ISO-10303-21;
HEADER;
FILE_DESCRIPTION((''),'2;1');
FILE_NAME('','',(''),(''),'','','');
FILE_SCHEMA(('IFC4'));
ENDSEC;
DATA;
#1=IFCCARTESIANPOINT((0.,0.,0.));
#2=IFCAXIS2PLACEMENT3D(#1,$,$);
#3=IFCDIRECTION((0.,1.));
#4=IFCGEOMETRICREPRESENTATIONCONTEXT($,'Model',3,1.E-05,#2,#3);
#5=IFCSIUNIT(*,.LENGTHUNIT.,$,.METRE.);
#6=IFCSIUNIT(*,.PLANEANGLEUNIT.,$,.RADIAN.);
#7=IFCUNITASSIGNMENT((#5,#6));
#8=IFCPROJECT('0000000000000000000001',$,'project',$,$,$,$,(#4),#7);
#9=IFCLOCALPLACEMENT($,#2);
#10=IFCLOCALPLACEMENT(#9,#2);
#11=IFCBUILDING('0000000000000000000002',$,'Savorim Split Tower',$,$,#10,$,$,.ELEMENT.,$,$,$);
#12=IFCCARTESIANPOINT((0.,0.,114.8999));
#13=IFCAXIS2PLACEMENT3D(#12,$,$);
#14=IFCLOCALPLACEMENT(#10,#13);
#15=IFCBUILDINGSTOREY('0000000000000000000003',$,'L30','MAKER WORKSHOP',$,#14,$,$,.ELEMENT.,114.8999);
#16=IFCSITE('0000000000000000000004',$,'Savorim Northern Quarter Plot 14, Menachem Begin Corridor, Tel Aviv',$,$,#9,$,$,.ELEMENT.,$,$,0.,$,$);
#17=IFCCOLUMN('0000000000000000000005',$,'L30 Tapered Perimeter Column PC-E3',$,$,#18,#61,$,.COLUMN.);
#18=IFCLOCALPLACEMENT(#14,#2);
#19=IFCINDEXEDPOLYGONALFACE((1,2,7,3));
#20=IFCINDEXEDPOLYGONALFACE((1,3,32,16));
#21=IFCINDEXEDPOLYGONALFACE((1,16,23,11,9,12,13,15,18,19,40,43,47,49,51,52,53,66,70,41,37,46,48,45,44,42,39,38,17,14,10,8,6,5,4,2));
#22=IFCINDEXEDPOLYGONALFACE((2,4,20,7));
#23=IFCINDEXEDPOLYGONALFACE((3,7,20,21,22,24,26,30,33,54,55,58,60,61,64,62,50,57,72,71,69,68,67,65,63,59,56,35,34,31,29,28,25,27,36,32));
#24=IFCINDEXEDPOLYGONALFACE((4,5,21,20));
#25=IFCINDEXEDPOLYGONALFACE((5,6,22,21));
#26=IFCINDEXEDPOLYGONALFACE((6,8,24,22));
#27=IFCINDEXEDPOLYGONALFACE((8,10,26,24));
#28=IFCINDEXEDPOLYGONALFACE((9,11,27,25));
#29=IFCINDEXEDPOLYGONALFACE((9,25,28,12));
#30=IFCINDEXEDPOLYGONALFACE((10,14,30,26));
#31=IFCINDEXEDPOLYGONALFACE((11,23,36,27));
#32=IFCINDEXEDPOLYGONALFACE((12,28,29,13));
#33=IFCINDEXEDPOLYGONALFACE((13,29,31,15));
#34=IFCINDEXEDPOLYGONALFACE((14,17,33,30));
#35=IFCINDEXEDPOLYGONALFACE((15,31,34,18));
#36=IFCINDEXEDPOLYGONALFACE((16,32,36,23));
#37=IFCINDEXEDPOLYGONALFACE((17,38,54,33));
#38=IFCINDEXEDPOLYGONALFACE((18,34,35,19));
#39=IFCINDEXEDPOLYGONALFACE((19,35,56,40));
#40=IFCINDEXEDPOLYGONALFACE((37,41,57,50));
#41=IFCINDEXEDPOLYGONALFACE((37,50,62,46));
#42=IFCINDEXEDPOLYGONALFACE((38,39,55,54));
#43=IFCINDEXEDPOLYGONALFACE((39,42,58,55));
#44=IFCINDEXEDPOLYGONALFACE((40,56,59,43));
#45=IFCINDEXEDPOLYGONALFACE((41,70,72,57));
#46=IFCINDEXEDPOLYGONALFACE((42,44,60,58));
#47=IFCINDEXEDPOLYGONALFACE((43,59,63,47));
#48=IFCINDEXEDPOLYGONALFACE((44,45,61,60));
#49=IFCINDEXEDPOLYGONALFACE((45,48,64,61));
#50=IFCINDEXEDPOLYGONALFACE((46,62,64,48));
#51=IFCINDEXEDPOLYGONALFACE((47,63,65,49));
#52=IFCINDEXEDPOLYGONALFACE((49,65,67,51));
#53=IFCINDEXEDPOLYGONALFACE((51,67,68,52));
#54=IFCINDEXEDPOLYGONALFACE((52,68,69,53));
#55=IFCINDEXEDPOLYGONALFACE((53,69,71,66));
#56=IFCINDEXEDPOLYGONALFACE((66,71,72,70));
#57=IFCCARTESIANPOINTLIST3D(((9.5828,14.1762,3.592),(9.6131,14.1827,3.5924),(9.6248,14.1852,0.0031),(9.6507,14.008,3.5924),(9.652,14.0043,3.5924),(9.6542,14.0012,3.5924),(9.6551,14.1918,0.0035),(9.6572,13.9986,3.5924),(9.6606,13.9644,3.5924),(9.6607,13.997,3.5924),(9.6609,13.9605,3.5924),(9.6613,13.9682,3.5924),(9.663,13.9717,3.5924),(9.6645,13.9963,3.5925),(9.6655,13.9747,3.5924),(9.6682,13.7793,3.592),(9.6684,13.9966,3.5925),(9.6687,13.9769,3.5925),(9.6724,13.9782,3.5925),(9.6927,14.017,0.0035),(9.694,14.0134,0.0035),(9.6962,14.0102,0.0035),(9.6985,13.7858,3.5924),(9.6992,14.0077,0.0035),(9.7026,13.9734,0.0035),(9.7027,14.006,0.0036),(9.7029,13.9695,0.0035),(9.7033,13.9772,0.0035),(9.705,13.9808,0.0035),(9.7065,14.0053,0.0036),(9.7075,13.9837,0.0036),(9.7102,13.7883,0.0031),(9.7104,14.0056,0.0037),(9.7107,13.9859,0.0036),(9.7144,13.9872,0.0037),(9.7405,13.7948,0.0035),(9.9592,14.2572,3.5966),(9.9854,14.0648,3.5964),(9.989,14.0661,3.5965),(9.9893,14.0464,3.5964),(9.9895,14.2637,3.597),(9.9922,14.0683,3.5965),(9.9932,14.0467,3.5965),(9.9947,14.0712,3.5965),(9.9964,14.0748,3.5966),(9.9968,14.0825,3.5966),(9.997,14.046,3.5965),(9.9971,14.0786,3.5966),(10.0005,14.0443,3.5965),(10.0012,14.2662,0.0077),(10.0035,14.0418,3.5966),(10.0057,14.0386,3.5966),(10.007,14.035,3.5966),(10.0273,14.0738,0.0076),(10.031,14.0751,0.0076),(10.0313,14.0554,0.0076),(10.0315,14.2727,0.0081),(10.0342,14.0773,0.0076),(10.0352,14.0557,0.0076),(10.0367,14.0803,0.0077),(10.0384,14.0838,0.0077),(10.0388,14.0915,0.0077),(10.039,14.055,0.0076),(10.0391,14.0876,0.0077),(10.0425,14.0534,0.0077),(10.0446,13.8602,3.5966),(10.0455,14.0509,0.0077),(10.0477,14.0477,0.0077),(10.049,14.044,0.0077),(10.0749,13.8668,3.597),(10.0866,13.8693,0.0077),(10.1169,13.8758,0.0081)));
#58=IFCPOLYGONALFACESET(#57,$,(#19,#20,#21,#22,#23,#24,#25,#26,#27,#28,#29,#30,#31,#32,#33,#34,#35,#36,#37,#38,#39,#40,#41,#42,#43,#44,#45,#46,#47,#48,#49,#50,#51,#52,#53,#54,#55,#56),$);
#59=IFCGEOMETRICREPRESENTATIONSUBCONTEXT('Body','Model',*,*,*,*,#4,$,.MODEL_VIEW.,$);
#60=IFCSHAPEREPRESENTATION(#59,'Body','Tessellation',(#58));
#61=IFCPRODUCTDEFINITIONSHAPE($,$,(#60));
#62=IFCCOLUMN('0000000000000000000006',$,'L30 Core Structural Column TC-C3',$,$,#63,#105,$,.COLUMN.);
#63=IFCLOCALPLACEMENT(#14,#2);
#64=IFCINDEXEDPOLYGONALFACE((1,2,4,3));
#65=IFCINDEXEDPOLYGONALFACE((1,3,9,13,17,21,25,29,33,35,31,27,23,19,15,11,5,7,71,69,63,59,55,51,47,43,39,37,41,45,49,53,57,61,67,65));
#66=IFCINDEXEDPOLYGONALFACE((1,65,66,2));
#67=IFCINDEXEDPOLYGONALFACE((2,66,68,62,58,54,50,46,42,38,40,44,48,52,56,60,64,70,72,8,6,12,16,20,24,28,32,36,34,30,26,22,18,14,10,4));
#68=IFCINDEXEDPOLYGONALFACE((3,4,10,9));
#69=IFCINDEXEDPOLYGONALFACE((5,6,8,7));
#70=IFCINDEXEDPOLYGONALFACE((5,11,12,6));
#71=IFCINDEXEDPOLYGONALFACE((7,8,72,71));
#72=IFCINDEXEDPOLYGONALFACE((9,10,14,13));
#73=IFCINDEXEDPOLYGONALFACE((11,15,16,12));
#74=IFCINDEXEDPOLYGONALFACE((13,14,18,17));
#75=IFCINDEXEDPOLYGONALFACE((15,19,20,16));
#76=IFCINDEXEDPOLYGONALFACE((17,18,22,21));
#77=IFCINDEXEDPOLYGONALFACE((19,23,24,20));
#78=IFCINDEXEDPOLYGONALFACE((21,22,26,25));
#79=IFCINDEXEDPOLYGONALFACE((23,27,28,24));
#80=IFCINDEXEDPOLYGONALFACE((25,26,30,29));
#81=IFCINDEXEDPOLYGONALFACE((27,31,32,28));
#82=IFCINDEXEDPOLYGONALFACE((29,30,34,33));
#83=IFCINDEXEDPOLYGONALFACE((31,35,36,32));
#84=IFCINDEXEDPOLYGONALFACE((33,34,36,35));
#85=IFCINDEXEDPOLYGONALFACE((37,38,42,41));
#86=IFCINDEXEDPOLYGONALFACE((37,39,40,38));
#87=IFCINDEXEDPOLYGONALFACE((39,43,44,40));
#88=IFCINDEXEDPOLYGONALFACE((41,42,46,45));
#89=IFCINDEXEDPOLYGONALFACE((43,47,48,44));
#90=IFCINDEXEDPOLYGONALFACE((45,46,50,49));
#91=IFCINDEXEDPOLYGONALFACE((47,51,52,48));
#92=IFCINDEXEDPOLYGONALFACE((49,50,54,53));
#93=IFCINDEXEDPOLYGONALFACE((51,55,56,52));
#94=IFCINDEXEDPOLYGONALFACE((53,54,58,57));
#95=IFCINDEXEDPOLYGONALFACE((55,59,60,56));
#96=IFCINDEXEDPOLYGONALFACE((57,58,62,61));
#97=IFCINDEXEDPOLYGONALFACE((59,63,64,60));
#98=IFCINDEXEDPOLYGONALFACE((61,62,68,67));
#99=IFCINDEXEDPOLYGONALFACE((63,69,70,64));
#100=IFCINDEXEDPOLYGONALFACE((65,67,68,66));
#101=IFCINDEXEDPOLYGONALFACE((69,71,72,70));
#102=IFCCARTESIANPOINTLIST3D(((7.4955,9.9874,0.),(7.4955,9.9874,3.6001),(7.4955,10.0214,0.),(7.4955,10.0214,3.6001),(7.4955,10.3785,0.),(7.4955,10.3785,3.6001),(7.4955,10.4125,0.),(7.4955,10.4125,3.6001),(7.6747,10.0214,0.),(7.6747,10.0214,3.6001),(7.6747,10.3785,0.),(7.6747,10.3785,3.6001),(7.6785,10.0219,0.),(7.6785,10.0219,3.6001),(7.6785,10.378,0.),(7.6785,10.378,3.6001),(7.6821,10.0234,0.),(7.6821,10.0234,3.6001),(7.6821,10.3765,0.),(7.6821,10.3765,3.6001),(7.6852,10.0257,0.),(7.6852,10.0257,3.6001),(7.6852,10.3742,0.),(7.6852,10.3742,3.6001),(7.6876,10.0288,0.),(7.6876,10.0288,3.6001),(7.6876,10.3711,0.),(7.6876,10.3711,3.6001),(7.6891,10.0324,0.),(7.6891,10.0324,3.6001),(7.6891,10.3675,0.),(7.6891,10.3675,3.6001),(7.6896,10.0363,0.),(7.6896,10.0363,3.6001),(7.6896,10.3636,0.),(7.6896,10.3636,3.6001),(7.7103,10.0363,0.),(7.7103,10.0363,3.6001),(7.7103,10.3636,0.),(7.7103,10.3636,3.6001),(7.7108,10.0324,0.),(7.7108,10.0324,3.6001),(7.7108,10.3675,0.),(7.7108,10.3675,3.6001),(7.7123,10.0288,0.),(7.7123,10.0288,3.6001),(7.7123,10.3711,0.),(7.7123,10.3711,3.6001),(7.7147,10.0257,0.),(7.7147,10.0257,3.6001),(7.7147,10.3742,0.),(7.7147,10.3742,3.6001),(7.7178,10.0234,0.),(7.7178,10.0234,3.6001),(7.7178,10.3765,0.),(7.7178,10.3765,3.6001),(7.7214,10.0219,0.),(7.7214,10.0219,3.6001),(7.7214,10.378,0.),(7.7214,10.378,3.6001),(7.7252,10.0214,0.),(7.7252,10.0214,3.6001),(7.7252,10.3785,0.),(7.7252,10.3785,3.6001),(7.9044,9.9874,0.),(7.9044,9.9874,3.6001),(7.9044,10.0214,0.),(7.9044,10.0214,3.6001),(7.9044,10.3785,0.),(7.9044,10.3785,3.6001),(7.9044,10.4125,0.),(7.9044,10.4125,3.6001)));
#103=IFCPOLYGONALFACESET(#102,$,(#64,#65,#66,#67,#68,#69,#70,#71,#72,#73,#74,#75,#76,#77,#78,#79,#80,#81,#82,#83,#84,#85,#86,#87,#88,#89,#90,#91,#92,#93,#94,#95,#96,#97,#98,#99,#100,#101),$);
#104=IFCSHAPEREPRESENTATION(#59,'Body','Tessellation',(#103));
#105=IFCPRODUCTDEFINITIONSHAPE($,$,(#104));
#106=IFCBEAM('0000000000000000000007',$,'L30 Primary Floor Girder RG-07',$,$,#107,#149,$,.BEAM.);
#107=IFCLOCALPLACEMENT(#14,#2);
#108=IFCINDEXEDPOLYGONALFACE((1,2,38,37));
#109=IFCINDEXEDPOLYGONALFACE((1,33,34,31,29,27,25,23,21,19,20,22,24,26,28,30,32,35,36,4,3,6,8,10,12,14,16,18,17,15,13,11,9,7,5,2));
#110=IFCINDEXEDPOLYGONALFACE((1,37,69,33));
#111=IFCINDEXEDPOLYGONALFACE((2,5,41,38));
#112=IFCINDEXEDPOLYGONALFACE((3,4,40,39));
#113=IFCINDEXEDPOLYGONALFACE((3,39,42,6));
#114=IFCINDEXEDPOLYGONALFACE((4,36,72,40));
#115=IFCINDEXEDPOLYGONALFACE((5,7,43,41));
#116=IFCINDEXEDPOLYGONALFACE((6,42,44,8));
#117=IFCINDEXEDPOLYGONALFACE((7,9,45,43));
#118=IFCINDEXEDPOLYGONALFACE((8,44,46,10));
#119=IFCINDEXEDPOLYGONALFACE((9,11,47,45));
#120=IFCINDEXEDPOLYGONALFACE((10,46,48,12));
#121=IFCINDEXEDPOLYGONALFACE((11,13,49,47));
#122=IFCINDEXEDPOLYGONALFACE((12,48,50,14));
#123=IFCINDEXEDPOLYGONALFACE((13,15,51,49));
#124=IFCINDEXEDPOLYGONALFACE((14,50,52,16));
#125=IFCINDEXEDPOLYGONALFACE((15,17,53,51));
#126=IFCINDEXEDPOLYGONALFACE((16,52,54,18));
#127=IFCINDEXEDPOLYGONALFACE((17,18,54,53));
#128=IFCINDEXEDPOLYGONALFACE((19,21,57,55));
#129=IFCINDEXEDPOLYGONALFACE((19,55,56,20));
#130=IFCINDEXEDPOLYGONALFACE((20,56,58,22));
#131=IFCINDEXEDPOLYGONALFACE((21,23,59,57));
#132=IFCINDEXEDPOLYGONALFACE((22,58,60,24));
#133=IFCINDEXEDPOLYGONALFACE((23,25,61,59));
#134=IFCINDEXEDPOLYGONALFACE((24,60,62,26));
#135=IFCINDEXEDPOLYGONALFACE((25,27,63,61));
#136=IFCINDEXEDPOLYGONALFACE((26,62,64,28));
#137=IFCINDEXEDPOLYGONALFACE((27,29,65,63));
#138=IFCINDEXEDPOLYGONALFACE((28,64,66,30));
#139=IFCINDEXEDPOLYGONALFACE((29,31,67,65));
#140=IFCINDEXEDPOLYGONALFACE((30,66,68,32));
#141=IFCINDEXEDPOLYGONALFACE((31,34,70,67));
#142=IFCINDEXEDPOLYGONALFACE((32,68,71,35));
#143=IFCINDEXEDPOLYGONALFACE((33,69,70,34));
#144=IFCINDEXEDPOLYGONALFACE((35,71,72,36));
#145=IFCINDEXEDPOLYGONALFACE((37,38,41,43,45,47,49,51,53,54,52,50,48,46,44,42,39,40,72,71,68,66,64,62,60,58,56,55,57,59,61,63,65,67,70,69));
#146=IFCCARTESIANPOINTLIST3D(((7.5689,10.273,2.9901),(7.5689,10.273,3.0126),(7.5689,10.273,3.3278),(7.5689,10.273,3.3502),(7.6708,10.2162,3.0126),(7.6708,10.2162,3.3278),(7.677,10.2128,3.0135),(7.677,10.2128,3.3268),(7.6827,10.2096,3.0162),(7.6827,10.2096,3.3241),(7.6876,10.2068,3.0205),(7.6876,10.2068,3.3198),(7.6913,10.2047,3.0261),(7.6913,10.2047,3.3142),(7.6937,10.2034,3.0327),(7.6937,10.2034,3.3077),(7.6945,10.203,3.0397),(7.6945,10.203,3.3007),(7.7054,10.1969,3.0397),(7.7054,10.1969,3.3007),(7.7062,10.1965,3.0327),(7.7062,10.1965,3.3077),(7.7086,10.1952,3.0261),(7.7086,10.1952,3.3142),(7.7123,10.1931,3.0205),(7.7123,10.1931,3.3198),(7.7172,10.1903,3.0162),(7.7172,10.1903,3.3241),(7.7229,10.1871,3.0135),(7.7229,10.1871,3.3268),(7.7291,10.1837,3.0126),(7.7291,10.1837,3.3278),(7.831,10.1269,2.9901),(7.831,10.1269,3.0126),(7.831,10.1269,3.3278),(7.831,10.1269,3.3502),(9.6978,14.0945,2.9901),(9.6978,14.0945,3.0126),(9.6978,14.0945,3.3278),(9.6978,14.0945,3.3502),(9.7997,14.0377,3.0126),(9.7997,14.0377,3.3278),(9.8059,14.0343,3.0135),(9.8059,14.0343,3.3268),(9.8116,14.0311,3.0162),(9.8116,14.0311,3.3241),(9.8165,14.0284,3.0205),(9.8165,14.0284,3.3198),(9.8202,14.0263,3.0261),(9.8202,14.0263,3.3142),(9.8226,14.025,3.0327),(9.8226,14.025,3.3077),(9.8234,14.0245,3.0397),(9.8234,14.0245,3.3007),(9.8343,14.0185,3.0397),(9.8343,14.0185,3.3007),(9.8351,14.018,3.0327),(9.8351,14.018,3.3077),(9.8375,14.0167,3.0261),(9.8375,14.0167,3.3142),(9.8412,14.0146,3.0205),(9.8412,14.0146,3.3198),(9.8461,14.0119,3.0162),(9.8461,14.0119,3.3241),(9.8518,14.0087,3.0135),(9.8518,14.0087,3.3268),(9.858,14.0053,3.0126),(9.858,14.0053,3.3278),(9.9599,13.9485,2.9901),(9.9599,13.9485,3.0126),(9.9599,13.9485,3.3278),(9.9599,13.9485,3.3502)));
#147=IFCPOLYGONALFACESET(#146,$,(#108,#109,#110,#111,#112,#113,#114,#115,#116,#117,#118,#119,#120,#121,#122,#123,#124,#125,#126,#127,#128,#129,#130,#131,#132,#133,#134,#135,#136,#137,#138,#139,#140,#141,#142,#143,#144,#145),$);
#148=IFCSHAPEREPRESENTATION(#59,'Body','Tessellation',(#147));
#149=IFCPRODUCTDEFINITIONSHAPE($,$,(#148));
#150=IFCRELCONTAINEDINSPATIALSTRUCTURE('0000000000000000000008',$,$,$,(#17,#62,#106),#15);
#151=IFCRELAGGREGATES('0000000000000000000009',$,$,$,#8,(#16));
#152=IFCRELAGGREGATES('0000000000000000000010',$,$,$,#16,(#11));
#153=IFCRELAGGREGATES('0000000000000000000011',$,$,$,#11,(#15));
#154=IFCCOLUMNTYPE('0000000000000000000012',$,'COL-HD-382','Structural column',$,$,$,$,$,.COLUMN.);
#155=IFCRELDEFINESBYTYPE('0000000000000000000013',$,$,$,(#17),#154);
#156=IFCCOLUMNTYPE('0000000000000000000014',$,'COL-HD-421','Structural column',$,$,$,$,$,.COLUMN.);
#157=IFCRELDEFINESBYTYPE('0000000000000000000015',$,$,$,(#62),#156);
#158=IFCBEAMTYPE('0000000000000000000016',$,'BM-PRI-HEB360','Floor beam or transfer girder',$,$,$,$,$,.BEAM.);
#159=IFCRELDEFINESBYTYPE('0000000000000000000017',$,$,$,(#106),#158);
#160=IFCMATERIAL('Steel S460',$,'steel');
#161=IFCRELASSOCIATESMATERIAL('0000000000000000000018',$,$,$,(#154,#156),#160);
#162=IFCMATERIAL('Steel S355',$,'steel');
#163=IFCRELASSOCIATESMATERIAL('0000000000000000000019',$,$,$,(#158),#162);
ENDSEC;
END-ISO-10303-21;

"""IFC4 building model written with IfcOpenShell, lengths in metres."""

from ifc_helpers import new_model, si_unit, direction, frame, origin, origin_2d, place, context, subcontext, project, spatial, i_section, extrude, material, material_profile, profile_set, type_object, element, save


model = new_model("IFC4")

# Units and contexts
model_context = context("Model", 3, precision=1e-05, world=origin(), true_north=direction((0.0, 1.0)))
body_context = subcontext(model_context, "Body", "Model", "MODEL_VIEW")
ifc_project = project(units=[si_unit("LENGTHUNIT", "METRE"), si_unit("PLANEANGLEUNIT", "RADIAN")], contexts=[model_context])

# Site, building, storey
site_placement = place(None, origin())
site = spatial("IfcSite", under=ifc_project, at=site_placement, Name="Savorim Northern Quarter Plot 14, Menachem Begin Corridor, Tel Aviv", CompositionType="ELEMENT", RefElevation=0.0)
building_placement = place(site_placement, origin())
building = spatial("IfcBuilding", under=site, at=building_placement, Name="Savorim Split Tower", CompositionType="ELEMENT")
storey_placement = place(building_placement, frame((0.0, 0.0, 114.8999)))
storey = spatial("IfcBuildingStorey", under=building, at=storey_placement, Name="L30", Description="MAKER WORKSHOP", CompositionType="ELEMENT", Elevation=114.8999)

# Columns
ifc_material_1 = material(Name="Steel S460", Category="steel")
ifc_material_profile_1 = material_profile(ifc_material_1, i_section(OverallWidth=0.406, OverallDepth=0.416, WebThickness=0.0188, FlangeThickness=0.031, FilletRadius=0.0149, at=origin_2d()), Name="HD 400x382")
ifc_profile_set_1 = profile_set([ifc_material_profile_1], Name="Steel S460")
column_type_1 = type_object("IfcColumnType", Name="COL-HD-382", Description="Structural column", PredefinedType="COLUMN", material=ifc_profile_set_1)
column_1_placement = place(storey_placement, frame((9.8708, 14.0305, 0.0056), z_axis=(-0.0117, -0.002517, 0.999928), x_axis=(0.210305, -0.977636, 0.0)))
element("IfcColumn", 1, at=column_1_placement, inside=storey, type_object=column_type_1, Name="L30 Tapered Perimeter Column PC-E3", PredefinedType="COLUMN", context=body_context, shape_type="SweptSolid", body=[
    extrude(i_section(OverallWidth=0.406, OverallDepth=0.416, WebThickness=0.0188, FlangeThickness=0.031, FilletRadius=0.0149, at=origin_2d()), origin(), (0.0, 0.0, 1.0), 3.5891),
])
ifc_material_profile_2 = material_profile(ifc_material_1, i_section(OverallWidth=0.4089, OverallDepth=0.425, WebThickness=0.0208, FlangeThickness=0.0339, FilletRadius=0.0149, at=origin_2d()), Name="HD 400x421")
ifc_profile_set_2 = profile_set([ifc_material_profile_2], Name="Steel S460")
column_type_2 = type_object("IfcColumnType", Name="COL-HD-421", Description="Structural column", PredefinedType="COLUMN", material=ifc_profile_set_2)
column_2_placement = place(storey_placement, frame((7.7, 10.2, 0.0), z_axis=(0.0, 0.0, 1.0), x_axis=(1.0, 0.0, 0.0)))
element("IfcColumn", 2, at=column_2_placement, inside=storey, type_object=column_type_2, Name="L30 Core Structural Column TC-C3", PredefinedType="COLUMN", context=body_context, shape_type="SweptSolid", body=[
    extrude(i_section(OverallWidth=0.4089, OverallDepth=0.425, WebThickness=0.0208, FlangeThickness=0.0339, FilletRadius=0.0149, at=origin_2d()), origin(), (0.0, 0.0, 1.0), 3.6001),
])

# Beam
ifc_material_2 = material(Name="Steel S355", Category="steel")
ifc_material_profile_3 = material_profile(ifc_material_2, i_section(OverallWidth=0.3, OverallDepth=0.3601, WebThickness=0.0125, FlangeThickness=0.0225, FilletRadius=0.0271, at=origin_2d()), Name="HEB 360")
ifc_profile_set_3 = profile_set([ifc_material_profile_3], Name="Steel S355")
beam_type_1 = type_object("IfcBeamType", Name="BM-PRI-HEB360", Description="Floor beam or transfer girder", PredefinedType="BEAM", material=ifc_profile_set_3)
beam_1_placement = place(storey_placement, frame((9.8289, 14.0215, 3.1702), z_axis=(-0.486661, -0.873591, 0.0), x_axis=(0.873591, -0.486661, 0.0)))
element("IfcBeam", 3, at=beam_1_placement, inside=storey, type_object=beam_type_1, Name="L30 Primary Floor Girder RG-07", PredefinedType="BEAM", context=body_context, shape_type="SweptSolid", body=[
    extrude(i_section(OverallWidth=0.3, OverallDepth=0.3601, WebThickness=0.0125, FlangeThickness=0.0225, FilletRadius=0.0271, at=origin_2d()), origin(), (0.0, 0.0, 1.0), 4.3745),
])

save(model, "model.ifc")
